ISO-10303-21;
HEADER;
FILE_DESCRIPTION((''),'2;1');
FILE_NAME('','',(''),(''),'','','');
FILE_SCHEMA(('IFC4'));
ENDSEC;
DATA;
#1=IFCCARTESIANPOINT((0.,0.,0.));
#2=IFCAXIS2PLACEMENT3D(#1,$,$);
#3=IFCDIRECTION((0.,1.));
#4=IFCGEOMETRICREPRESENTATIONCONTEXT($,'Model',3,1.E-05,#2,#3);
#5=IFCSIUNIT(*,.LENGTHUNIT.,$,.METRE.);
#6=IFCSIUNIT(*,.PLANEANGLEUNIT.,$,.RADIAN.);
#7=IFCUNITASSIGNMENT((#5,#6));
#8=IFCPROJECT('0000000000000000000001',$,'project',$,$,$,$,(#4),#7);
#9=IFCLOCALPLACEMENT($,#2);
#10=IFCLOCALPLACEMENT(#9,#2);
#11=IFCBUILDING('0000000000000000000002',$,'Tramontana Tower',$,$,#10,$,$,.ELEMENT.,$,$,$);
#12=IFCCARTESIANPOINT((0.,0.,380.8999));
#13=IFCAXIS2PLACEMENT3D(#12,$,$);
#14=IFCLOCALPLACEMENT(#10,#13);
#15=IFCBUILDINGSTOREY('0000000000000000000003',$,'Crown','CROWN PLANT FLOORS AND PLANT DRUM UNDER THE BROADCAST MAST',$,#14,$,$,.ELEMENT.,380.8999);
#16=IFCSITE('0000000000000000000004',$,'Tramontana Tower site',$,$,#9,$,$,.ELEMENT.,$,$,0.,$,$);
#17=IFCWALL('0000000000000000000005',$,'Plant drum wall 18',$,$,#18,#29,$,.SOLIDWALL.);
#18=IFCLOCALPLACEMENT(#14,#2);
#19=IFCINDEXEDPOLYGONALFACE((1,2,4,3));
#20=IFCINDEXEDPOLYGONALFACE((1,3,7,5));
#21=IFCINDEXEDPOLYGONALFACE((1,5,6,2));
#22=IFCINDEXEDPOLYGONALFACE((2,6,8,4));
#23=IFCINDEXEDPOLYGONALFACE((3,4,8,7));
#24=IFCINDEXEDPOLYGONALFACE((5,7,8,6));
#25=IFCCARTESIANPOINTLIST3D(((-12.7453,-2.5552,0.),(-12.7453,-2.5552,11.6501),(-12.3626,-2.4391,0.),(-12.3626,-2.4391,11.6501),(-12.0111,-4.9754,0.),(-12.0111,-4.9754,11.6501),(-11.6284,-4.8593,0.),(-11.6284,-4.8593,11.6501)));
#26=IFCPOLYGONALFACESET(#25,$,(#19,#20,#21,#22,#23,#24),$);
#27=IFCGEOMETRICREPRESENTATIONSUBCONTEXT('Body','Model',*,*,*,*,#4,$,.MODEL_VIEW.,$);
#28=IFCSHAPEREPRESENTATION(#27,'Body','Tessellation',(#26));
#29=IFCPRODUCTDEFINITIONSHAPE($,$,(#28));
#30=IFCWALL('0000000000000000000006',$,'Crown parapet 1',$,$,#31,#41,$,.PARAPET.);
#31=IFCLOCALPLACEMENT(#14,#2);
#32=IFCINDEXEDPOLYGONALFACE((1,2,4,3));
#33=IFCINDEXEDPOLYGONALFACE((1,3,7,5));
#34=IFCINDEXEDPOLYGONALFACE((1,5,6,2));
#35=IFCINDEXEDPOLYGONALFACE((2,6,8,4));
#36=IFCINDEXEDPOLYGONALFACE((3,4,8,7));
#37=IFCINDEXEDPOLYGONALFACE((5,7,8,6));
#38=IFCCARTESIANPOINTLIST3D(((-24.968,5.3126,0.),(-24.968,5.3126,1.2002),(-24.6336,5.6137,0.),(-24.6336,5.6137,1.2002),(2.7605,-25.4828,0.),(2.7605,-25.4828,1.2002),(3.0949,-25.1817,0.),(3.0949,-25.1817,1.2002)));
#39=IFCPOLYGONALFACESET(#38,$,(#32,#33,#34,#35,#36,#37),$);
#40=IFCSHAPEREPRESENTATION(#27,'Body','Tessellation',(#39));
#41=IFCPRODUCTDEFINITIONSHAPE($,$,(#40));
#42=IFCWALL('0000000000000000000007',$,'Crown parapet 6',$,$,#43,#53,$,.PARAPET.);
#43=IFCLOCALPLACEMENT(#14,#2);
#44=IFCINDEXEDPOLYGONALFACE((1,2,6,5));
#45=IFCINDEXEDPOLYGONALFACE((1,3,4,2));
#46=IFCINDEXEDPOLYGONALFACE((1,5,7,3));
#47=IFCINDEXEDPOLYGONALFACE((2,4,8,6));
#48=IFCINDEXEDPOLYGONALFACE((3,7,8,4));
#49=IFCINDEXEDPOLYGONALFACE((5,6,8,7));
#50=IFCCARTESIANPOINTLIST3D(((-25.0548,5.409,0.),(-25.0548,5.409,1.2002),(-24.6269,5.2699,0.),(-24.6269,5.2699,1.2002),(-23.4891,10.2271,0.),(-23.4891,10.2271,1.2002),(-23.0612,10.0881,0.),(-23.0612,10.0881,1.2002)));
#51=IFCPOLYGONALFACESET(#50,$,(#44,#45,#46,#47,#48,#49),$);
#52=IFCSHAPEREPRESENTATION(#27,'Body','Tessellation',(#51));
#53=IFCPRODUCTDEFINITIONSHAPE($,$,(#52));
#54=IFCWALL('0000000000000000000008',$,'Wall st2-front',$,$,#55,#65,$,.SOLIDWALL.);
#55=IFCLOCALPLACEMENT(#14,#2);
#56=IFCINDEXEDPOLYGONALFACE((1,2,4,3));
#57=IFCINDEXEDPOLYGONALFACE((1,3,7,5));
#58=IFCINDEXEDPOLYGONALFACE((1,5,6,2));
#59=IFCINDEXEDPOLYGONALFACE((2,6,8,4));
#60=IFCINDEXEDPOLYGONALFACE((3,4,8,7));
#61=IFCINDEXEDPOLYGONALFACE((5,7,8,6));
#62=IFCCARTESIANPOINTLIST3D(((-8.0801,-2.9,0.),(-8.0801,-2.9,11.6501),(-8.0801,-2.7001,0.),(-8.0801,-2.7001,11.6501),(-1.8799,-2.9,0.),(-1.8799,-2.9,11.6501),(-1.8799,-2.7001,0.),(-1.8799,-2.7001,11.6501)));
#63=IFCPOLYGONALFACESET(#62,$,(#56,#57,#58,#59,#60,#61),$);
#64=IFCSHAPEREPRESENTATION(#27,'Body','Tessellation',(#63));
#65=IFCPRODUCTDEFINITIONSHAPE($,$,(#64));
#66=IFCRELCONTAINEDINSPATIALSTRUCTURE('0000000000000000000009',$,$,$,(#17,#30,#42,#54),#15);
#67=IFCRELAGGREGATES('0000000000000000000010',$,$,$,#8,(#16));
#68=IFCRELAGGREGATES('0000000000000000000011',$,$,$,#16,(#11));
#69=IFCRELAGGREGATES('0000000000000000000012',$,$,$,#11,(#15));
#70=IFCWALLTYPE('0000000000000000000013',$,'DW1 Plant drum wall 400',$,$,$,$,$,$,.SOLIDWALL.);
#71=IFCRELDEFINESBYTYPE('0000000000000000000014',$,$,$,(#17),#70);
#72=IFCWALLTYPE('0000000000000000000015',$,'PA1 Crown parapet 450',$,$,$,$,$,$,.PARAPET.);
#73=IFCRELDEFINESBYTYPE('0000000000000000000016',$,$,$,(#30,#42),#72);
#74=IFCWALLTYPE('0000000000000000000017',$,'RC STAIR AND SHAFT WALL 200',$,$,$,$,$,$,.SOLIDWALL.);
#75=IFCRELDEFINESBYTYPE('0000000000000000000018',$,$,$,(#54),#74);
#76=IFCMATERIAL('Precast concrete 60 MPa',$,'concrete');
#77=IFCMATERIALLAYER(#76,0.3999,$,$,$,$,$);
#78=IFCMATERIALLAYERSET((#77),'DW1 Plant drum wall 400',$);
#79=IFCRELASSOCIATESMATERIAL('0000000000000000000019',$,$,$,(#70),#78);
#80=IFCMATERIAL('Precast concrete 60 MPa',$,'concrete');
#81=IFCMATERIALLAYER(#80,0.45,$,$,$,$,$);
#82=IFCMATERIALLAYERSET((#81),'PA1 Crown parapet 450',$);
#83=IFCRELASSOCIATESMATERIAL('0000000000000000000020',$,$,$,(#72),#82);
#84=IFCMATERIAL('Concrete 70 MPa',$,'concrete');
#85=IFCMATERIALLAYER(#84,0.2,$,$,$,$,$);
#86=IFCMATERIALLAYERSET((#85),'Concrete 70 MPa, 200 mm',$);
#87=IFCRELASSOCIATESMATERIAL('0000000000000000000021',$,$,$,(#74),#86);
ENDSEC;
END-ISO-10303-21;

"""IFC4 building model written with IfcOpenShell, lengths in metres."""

from ifc_helpers import new_model, si_unit, direction, frame, frame_2d, origin, place, context, subcontext, project, spatial, rectangle, extrude, material, layer, layer_set, type_object, element, save


model = new_model("IFC4")

# Units and contexts
model_context = context("Model", 3, precision=1e-05, world=origin(), true_north=direction((0.0, 1.0)))
body_context = subcontext(model_context, "Body", "Model", "MODEL_VIEW")
ifc_project = project(units=[si_unit("LENGTHUNIT", "METRE"), si_unit("PLANEANGLEUNIT", "RADIAN")], contexts=[model_context])

# Site, building, storey
site_placement = place(None, origin())
site = spatial("IfcSite", under=ifc_project, at=site_placement, Name="Tramontana Tower site", CompositionType="ELEMENT", RefElevation=0.0)
building_placement = place(site_placement, origin())
building = spatial("IfcBuilding", under=site, at=building_placement, Name="Tramontana Tower", CompositionType="ELEMENT")
storey_placement = place(building_placement, frame((0.0, 0.0, 380.8999)))
storey = spatial("IfcBuildingStorey", under=building, at=storey_placement, Name="Crown", Description="CROWN PLANT FLOORS AND PLANT DRUM UNDER THE BROADCAST MAST", CompositionType="ELEMENT", Elevation=380.8999)

# Shared definitions
ifc_material_1 = material(Name="Precast concrete 60 MPa", Category="concrete")
ifc_layer_1 = layer(ifc_material_1, 0.3999)
ifc_layer_set_1 = layer_set([ifc_layer_1], Name="DW1 Plant drum wall 400")
wall_type_1 = type_object("IfcWallType", Name="DW1 Plant drum wall 400", PredefinedType="SOLIDWALL", material=ifc_layer_set_1)

# Walls
wall_1_placement = place(storey_placement, frame((-12.554, -2.4971, 0.0), z_axis=(0.0, 0.0, 1.0), x_axis=(0.290278, -0.956942, 0.0)))
element("IfcWall", 1, at=wall_1_placement, inside=storey, type_object=wall_type_1, Name="Plant drum wall 18", PredefinedType="SOLIDWALL", context=body_context, shape_type="SweptSolid", body=[
    extrude(rectangle(XDim=2.5291, YDim=0.3999, at=frame_2d((1.2646, 0.0))), origin(), (0.0, 0.0, 1.0), 11.6501),
])
ifc_material_2 = material(Name="Precast concrete 60 MPa", Category="concrete")
ifc_layer_2 = layer(ifc_material_2, 0.45)
ifc_layer_set_2 = layer_set([ifc_layer_2], Name="PA1 Crown parapet 450")
wall_type_2 = type_object("IfcWallType", Name="PA1 Crown parapet 450", PredefinedType="PARAPET", material=ifc_layer_set_2)
wall_2_placement = place(storey_placement, frame((-24.8008, 5.4631, 0.0), z_axis=(0.0, 0.0, 1.0), x_axis=(0.669133, -0.743142, 0.0)))
element("IfcWall", 2, at=wall_2_placement, inside=storey, type_object=wall_type_2, Name="Crown parapet 1", PredefinedType="PARAPET", context=body_context, shape_type="SweptSolid", body=[
    extrude(rectangle(XDim=41.4395, YDim=0.45, at=frame_2d((20.7197, 0.0))), origin(), (0.0, 0.0, 1.0), 1.2002),
])
wall_3_placement = place(storey_placement, frame((-23.2751, 10.1577, 0.0), z_axis=(0.0, 0.0, 1.0), x_axis=(-0.309048, -0.951046, 0.0)))
element("IfcWall", 3, at=wall_3_placement, inside=storey, type_object=wall_type_2, Name="Crown parapet 6", PredefinedType="PARAPET", context=body_context, shape_type="SweptSolid", body=[
    extrude(rectangle(XDim=5.0662, YDim=0.45, at=frame_2d((2.5332, 0.0))), origin(), (0.0, 0.0, 1.0), 1.2002),
])
ifc_material_3 = material(Name="Concrete 70 MPa", Category="concrete")
ifc_layer_3 = layer(ifc_material_3, 0.2)
ifc_layer_set_3 = layer_set([ifc_layer_3], Name="Concrete 70 MPa, 200 mm")
wall_type_3 = type_object("IfcWallType", Name="RC STAIR AND SHAFT WALL 200", PredefinedType="SOLIDWALL", material=ifc_layer_set_3)
wall_4_placement = place(storey_placement, frame((-8.0801, -2.8, 0.0), z_axis=(0.0, 0.0, 1.0), x_axis=(1.0, 0.0, 0.0)))
element("IfcWall", 4, at=wall_4_placement, inside=storey, type_object=wall_type_3, Name="Wall st2-front", PredefinedType="SOLIDWALL", context=body_context, shape_type="SweptSolid", body=[
    extrude(rectangle(XDim=6.2002, YDim=0.2, at=frame_2d((3.1001, 0.0))), origin(), (0.0, 0.0, 1.0), 11.6501),
])

save(model, "model.ifc")
